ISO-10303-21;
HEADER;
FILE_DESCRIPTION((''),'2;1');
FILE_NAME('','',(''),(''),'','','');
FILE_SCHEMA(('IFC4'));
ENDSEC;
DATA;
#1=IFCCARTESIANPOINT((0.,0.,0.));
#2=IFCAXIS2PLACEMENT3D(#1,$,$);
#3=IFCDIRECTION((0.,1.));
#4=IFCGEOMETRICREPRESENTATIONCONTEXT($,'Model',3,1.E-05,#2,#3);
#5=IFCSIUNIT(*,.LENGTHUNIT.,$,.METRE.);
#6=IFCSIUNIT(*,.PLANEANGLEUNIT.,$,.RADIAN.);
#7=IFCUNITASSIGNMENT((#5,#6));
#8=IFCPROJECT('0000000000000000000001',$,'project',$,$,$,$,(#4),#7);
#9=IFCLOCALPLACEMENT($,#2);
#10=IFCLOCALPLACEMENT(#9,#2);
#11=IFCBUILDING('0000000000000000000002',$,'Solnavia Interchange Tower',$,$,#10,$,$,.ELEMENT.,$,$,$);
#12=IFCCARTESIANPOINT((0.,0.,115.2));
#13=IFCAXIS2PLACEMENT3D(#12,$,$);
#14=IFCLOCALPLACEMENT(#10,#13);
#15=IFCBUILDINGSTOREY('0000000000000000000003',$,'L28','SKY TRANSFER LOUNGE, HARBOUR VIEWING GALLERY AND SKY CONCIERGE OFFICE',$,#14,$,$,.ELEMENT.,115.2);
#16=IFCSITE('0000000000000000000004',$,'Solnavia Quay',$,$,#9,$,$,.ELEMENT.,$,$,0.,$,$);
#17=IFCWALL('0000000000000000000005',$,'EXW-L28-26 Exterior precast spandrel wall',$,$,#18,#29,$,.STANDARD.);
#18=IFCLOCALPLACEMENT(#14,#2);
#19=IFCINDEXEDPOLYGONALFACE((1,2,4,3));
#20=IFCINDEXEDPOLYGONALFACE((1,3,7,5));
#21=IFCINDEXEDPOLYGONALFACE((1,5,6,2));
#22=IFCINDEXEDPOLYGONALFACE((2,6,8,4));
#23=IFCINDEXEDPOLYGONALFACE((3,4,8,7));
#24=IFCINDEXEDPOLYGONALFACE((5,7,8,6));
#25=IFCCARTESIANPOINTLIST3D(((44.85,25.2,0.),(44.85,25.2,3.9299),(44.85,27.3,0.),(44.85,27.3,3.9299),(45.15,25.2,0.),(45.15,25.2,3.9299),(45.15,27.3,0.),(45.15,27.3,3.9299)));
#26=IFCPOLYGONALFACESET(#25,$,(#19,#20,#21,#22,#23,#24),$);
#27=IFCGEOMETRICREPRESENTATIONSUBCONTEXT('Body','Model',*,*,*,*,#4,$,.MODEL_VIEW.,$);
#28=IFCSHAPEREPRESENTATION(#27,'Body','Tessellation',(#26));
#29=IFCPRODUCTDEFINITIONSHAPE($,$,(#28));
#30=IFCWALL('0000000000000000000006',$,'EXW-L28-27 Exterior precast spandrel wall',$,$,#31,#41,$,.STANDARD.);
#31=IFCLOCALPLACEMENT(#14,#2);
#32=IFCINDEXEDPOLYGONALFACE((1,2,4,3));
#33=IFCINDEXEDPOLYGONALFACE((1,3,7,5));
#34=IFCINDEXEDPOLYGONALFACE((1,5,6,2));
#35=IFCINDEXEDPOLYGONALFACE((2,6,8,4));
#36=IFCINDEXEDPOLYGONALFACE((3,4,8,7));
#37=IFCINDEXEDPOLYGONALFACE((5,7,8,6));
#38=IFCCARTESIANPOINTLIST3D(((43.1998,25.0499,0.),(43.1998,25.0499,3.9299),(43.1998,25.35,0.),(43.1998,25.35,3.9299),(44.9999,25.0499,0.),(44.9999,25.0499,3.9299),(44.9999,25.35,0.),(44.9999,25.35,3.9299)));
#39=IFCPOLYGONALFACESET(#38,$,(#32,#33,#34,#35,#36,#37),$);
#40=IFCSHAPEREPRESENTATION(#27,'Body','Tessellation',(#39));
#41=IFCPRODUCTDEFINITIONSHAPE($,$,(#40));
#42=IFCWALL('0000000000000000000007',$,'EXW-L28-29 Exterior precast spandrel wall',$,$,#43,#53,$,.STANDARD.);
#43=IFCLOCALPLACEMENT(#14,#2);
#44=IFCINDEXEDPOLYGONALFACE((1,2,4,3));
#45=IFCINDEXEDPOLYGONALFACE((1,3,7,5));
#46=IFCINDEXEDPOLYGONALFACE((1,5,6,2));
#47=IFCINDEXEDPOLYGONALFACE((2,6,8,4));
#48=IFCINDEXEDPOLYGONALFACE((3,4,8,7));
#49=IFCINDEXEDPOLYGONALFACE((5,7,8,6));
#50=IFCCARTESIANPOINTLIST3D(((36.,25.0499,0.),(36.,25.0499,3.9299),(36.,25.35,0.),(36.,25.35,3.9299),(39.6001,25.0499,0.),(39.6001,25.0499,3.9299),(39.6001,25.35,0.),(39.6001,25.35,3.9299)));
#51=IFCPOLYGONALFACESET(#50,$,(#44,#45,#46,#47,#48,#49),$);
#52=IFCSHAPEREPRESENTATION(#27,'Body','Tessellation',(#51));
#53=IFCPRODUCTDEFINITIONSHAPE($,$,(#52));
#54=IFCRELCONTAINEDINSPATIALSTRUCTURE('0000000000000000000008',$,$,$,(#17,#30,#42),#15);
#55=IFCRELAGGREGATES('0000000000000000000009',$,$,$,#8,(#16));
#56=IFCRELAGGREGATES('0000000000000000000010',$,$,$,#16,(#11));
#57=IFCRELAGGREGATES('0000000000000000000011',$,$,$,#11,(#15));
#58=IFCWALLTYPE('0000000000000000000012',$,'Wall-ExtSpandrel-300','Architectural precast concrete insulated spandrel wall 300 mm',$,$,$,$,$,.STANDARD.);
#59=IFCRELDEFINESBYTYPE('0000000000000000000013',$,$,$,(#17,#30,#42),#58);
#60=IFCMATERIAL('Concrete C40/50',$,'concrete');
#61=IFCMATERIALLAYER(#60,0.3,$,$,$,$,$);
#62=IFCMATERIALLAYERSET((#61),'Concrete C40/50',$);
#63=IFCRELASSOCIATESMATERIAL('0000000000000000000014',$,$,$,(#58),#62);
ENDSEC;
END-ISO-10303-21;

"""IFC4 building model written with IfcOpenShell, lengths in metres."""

from ifc_helpers import new_model, si_unit, direction, frame, frame_2d, origin, place, context, subcontext, project, spatial, rectangle, extrude, material, layer, layer_set, type_object, element, save


model = new_model("IFC4")

# Units and contexts
model_context = context("Model", 3, precision=1e-05, world=origin(), true_north=direction((0.0, 1.0)))
body_context = subcontext(model_context, "Body", "Model", "MODEL_VIEW")
ifc_project = project(units=[si_unit("LENGTHUNIT", "METRE"), si_unit("PLANEANGLEUNIT", "RADIAN")], contexts=[model_context])

# Site, building, storey
site_placement = place(None, origin())
site = spatial("IfcSite", under=ifc_project, at=site_placement, Name="Solnavia Quay", CompositionType="ELEMENT", RefElevation=0.0)
building_placement = place(site_placement, origin())
building = spatial("IfcBuilding", under=site, at=building_placement, Name="Solnavia Interchange Tower", CompositionType="ELEMENT")
storey_placement = place(building_placement, frame((0.0, 0.0, 115.2)))
storey = spatial("IfcBuildingStorey", under=building, at=storey_placement, Name="L28", Description="SKY TRANSFER LOUNGE, HARBOUR VIEWING GALLERY AND SKY CONCIERGE OFFICE", CompositionType="ELEMENT", Elevation=115.2)

# Walls
ifc_material_1 = material(Name="Concrete C40/50", Category="concrete")
ifc_layer_1 = layer(ifc_material_1, 0.3)
ifc_layer_set_1 = layer_set([ifc_layer_1], Name="Concrete C40/50")
wall_type = type_object("IfcWallType", Name="Wall-ExtSpandrel-300", Description="Architectural precast concrete insulated spandrel wall 300 mm", PredefinedType="STANDARD", material=ifc_layer_set_1)
wall_1_placement = place(storey_placement, frame((45.0, 27.3, 0.0), z_axis=(0.0, 0.0, 1.0), x_axis=(0.0, -1.0, 0.0)))
element("IfcWall", 1, at=wall_1_placement, inside=storey, type_object=wall_type, Name="EXW-L28-26 Exterior precast spandrel wall", PredefinedType="STANDARD", context=body_context, shape_type="SweptSolid", body=[
    extrude(rectangle(XDim=2.1001, YDim=0.3, at=frame_2d((1.05, 0.0))), origin(), (0.0, 0.0, 1.0), 3.9299),
])
wall_2_placement = place(storey_placement, frame((43.2, 25.2, 0.0), z_axis=(0.0, 0.0, 1.0), x_axis=(1.0, 0.0, 0.0)))
element("IfcWall", 2, at=wall_2_placement, inside=storey, type_object=wall_type, Name="EXW-L28-27 Exterior precast spandrel wall", PredefinedType="STANDARD", context=body_context, shape_type="SweptSolid", body=[
    extrude(rectangle(XDim=1.8, YDim=0.3, at=frame_2d((0.8999, 0.0))), origin(), (0.0, 0.0, 1.0), 3.9299),
])
wall_3_placement = place(storey_placement, frame((36.0, 25.2, 0.0), z_axis=(0.0, 0.0, 1.0), x_axis=(1.0, 0.0, 0.0)))
element("IfcWall", 3, at=wall_3_placement, inside=storey, type_object=wall_type, Name="EXW-L28-29 Exterior precast spandrel wall", PredefinedType="STANDARD", context=body_context, shape_type="SweptSolid", body=[
    extrude(rectangle(XDim=3.6001, YDim=0.3, at=frame_2d((1.8, 0.0))), origin(), (0.0, 0.0, 1.0), 3.9299),
])

save(model, "model.ifc")
